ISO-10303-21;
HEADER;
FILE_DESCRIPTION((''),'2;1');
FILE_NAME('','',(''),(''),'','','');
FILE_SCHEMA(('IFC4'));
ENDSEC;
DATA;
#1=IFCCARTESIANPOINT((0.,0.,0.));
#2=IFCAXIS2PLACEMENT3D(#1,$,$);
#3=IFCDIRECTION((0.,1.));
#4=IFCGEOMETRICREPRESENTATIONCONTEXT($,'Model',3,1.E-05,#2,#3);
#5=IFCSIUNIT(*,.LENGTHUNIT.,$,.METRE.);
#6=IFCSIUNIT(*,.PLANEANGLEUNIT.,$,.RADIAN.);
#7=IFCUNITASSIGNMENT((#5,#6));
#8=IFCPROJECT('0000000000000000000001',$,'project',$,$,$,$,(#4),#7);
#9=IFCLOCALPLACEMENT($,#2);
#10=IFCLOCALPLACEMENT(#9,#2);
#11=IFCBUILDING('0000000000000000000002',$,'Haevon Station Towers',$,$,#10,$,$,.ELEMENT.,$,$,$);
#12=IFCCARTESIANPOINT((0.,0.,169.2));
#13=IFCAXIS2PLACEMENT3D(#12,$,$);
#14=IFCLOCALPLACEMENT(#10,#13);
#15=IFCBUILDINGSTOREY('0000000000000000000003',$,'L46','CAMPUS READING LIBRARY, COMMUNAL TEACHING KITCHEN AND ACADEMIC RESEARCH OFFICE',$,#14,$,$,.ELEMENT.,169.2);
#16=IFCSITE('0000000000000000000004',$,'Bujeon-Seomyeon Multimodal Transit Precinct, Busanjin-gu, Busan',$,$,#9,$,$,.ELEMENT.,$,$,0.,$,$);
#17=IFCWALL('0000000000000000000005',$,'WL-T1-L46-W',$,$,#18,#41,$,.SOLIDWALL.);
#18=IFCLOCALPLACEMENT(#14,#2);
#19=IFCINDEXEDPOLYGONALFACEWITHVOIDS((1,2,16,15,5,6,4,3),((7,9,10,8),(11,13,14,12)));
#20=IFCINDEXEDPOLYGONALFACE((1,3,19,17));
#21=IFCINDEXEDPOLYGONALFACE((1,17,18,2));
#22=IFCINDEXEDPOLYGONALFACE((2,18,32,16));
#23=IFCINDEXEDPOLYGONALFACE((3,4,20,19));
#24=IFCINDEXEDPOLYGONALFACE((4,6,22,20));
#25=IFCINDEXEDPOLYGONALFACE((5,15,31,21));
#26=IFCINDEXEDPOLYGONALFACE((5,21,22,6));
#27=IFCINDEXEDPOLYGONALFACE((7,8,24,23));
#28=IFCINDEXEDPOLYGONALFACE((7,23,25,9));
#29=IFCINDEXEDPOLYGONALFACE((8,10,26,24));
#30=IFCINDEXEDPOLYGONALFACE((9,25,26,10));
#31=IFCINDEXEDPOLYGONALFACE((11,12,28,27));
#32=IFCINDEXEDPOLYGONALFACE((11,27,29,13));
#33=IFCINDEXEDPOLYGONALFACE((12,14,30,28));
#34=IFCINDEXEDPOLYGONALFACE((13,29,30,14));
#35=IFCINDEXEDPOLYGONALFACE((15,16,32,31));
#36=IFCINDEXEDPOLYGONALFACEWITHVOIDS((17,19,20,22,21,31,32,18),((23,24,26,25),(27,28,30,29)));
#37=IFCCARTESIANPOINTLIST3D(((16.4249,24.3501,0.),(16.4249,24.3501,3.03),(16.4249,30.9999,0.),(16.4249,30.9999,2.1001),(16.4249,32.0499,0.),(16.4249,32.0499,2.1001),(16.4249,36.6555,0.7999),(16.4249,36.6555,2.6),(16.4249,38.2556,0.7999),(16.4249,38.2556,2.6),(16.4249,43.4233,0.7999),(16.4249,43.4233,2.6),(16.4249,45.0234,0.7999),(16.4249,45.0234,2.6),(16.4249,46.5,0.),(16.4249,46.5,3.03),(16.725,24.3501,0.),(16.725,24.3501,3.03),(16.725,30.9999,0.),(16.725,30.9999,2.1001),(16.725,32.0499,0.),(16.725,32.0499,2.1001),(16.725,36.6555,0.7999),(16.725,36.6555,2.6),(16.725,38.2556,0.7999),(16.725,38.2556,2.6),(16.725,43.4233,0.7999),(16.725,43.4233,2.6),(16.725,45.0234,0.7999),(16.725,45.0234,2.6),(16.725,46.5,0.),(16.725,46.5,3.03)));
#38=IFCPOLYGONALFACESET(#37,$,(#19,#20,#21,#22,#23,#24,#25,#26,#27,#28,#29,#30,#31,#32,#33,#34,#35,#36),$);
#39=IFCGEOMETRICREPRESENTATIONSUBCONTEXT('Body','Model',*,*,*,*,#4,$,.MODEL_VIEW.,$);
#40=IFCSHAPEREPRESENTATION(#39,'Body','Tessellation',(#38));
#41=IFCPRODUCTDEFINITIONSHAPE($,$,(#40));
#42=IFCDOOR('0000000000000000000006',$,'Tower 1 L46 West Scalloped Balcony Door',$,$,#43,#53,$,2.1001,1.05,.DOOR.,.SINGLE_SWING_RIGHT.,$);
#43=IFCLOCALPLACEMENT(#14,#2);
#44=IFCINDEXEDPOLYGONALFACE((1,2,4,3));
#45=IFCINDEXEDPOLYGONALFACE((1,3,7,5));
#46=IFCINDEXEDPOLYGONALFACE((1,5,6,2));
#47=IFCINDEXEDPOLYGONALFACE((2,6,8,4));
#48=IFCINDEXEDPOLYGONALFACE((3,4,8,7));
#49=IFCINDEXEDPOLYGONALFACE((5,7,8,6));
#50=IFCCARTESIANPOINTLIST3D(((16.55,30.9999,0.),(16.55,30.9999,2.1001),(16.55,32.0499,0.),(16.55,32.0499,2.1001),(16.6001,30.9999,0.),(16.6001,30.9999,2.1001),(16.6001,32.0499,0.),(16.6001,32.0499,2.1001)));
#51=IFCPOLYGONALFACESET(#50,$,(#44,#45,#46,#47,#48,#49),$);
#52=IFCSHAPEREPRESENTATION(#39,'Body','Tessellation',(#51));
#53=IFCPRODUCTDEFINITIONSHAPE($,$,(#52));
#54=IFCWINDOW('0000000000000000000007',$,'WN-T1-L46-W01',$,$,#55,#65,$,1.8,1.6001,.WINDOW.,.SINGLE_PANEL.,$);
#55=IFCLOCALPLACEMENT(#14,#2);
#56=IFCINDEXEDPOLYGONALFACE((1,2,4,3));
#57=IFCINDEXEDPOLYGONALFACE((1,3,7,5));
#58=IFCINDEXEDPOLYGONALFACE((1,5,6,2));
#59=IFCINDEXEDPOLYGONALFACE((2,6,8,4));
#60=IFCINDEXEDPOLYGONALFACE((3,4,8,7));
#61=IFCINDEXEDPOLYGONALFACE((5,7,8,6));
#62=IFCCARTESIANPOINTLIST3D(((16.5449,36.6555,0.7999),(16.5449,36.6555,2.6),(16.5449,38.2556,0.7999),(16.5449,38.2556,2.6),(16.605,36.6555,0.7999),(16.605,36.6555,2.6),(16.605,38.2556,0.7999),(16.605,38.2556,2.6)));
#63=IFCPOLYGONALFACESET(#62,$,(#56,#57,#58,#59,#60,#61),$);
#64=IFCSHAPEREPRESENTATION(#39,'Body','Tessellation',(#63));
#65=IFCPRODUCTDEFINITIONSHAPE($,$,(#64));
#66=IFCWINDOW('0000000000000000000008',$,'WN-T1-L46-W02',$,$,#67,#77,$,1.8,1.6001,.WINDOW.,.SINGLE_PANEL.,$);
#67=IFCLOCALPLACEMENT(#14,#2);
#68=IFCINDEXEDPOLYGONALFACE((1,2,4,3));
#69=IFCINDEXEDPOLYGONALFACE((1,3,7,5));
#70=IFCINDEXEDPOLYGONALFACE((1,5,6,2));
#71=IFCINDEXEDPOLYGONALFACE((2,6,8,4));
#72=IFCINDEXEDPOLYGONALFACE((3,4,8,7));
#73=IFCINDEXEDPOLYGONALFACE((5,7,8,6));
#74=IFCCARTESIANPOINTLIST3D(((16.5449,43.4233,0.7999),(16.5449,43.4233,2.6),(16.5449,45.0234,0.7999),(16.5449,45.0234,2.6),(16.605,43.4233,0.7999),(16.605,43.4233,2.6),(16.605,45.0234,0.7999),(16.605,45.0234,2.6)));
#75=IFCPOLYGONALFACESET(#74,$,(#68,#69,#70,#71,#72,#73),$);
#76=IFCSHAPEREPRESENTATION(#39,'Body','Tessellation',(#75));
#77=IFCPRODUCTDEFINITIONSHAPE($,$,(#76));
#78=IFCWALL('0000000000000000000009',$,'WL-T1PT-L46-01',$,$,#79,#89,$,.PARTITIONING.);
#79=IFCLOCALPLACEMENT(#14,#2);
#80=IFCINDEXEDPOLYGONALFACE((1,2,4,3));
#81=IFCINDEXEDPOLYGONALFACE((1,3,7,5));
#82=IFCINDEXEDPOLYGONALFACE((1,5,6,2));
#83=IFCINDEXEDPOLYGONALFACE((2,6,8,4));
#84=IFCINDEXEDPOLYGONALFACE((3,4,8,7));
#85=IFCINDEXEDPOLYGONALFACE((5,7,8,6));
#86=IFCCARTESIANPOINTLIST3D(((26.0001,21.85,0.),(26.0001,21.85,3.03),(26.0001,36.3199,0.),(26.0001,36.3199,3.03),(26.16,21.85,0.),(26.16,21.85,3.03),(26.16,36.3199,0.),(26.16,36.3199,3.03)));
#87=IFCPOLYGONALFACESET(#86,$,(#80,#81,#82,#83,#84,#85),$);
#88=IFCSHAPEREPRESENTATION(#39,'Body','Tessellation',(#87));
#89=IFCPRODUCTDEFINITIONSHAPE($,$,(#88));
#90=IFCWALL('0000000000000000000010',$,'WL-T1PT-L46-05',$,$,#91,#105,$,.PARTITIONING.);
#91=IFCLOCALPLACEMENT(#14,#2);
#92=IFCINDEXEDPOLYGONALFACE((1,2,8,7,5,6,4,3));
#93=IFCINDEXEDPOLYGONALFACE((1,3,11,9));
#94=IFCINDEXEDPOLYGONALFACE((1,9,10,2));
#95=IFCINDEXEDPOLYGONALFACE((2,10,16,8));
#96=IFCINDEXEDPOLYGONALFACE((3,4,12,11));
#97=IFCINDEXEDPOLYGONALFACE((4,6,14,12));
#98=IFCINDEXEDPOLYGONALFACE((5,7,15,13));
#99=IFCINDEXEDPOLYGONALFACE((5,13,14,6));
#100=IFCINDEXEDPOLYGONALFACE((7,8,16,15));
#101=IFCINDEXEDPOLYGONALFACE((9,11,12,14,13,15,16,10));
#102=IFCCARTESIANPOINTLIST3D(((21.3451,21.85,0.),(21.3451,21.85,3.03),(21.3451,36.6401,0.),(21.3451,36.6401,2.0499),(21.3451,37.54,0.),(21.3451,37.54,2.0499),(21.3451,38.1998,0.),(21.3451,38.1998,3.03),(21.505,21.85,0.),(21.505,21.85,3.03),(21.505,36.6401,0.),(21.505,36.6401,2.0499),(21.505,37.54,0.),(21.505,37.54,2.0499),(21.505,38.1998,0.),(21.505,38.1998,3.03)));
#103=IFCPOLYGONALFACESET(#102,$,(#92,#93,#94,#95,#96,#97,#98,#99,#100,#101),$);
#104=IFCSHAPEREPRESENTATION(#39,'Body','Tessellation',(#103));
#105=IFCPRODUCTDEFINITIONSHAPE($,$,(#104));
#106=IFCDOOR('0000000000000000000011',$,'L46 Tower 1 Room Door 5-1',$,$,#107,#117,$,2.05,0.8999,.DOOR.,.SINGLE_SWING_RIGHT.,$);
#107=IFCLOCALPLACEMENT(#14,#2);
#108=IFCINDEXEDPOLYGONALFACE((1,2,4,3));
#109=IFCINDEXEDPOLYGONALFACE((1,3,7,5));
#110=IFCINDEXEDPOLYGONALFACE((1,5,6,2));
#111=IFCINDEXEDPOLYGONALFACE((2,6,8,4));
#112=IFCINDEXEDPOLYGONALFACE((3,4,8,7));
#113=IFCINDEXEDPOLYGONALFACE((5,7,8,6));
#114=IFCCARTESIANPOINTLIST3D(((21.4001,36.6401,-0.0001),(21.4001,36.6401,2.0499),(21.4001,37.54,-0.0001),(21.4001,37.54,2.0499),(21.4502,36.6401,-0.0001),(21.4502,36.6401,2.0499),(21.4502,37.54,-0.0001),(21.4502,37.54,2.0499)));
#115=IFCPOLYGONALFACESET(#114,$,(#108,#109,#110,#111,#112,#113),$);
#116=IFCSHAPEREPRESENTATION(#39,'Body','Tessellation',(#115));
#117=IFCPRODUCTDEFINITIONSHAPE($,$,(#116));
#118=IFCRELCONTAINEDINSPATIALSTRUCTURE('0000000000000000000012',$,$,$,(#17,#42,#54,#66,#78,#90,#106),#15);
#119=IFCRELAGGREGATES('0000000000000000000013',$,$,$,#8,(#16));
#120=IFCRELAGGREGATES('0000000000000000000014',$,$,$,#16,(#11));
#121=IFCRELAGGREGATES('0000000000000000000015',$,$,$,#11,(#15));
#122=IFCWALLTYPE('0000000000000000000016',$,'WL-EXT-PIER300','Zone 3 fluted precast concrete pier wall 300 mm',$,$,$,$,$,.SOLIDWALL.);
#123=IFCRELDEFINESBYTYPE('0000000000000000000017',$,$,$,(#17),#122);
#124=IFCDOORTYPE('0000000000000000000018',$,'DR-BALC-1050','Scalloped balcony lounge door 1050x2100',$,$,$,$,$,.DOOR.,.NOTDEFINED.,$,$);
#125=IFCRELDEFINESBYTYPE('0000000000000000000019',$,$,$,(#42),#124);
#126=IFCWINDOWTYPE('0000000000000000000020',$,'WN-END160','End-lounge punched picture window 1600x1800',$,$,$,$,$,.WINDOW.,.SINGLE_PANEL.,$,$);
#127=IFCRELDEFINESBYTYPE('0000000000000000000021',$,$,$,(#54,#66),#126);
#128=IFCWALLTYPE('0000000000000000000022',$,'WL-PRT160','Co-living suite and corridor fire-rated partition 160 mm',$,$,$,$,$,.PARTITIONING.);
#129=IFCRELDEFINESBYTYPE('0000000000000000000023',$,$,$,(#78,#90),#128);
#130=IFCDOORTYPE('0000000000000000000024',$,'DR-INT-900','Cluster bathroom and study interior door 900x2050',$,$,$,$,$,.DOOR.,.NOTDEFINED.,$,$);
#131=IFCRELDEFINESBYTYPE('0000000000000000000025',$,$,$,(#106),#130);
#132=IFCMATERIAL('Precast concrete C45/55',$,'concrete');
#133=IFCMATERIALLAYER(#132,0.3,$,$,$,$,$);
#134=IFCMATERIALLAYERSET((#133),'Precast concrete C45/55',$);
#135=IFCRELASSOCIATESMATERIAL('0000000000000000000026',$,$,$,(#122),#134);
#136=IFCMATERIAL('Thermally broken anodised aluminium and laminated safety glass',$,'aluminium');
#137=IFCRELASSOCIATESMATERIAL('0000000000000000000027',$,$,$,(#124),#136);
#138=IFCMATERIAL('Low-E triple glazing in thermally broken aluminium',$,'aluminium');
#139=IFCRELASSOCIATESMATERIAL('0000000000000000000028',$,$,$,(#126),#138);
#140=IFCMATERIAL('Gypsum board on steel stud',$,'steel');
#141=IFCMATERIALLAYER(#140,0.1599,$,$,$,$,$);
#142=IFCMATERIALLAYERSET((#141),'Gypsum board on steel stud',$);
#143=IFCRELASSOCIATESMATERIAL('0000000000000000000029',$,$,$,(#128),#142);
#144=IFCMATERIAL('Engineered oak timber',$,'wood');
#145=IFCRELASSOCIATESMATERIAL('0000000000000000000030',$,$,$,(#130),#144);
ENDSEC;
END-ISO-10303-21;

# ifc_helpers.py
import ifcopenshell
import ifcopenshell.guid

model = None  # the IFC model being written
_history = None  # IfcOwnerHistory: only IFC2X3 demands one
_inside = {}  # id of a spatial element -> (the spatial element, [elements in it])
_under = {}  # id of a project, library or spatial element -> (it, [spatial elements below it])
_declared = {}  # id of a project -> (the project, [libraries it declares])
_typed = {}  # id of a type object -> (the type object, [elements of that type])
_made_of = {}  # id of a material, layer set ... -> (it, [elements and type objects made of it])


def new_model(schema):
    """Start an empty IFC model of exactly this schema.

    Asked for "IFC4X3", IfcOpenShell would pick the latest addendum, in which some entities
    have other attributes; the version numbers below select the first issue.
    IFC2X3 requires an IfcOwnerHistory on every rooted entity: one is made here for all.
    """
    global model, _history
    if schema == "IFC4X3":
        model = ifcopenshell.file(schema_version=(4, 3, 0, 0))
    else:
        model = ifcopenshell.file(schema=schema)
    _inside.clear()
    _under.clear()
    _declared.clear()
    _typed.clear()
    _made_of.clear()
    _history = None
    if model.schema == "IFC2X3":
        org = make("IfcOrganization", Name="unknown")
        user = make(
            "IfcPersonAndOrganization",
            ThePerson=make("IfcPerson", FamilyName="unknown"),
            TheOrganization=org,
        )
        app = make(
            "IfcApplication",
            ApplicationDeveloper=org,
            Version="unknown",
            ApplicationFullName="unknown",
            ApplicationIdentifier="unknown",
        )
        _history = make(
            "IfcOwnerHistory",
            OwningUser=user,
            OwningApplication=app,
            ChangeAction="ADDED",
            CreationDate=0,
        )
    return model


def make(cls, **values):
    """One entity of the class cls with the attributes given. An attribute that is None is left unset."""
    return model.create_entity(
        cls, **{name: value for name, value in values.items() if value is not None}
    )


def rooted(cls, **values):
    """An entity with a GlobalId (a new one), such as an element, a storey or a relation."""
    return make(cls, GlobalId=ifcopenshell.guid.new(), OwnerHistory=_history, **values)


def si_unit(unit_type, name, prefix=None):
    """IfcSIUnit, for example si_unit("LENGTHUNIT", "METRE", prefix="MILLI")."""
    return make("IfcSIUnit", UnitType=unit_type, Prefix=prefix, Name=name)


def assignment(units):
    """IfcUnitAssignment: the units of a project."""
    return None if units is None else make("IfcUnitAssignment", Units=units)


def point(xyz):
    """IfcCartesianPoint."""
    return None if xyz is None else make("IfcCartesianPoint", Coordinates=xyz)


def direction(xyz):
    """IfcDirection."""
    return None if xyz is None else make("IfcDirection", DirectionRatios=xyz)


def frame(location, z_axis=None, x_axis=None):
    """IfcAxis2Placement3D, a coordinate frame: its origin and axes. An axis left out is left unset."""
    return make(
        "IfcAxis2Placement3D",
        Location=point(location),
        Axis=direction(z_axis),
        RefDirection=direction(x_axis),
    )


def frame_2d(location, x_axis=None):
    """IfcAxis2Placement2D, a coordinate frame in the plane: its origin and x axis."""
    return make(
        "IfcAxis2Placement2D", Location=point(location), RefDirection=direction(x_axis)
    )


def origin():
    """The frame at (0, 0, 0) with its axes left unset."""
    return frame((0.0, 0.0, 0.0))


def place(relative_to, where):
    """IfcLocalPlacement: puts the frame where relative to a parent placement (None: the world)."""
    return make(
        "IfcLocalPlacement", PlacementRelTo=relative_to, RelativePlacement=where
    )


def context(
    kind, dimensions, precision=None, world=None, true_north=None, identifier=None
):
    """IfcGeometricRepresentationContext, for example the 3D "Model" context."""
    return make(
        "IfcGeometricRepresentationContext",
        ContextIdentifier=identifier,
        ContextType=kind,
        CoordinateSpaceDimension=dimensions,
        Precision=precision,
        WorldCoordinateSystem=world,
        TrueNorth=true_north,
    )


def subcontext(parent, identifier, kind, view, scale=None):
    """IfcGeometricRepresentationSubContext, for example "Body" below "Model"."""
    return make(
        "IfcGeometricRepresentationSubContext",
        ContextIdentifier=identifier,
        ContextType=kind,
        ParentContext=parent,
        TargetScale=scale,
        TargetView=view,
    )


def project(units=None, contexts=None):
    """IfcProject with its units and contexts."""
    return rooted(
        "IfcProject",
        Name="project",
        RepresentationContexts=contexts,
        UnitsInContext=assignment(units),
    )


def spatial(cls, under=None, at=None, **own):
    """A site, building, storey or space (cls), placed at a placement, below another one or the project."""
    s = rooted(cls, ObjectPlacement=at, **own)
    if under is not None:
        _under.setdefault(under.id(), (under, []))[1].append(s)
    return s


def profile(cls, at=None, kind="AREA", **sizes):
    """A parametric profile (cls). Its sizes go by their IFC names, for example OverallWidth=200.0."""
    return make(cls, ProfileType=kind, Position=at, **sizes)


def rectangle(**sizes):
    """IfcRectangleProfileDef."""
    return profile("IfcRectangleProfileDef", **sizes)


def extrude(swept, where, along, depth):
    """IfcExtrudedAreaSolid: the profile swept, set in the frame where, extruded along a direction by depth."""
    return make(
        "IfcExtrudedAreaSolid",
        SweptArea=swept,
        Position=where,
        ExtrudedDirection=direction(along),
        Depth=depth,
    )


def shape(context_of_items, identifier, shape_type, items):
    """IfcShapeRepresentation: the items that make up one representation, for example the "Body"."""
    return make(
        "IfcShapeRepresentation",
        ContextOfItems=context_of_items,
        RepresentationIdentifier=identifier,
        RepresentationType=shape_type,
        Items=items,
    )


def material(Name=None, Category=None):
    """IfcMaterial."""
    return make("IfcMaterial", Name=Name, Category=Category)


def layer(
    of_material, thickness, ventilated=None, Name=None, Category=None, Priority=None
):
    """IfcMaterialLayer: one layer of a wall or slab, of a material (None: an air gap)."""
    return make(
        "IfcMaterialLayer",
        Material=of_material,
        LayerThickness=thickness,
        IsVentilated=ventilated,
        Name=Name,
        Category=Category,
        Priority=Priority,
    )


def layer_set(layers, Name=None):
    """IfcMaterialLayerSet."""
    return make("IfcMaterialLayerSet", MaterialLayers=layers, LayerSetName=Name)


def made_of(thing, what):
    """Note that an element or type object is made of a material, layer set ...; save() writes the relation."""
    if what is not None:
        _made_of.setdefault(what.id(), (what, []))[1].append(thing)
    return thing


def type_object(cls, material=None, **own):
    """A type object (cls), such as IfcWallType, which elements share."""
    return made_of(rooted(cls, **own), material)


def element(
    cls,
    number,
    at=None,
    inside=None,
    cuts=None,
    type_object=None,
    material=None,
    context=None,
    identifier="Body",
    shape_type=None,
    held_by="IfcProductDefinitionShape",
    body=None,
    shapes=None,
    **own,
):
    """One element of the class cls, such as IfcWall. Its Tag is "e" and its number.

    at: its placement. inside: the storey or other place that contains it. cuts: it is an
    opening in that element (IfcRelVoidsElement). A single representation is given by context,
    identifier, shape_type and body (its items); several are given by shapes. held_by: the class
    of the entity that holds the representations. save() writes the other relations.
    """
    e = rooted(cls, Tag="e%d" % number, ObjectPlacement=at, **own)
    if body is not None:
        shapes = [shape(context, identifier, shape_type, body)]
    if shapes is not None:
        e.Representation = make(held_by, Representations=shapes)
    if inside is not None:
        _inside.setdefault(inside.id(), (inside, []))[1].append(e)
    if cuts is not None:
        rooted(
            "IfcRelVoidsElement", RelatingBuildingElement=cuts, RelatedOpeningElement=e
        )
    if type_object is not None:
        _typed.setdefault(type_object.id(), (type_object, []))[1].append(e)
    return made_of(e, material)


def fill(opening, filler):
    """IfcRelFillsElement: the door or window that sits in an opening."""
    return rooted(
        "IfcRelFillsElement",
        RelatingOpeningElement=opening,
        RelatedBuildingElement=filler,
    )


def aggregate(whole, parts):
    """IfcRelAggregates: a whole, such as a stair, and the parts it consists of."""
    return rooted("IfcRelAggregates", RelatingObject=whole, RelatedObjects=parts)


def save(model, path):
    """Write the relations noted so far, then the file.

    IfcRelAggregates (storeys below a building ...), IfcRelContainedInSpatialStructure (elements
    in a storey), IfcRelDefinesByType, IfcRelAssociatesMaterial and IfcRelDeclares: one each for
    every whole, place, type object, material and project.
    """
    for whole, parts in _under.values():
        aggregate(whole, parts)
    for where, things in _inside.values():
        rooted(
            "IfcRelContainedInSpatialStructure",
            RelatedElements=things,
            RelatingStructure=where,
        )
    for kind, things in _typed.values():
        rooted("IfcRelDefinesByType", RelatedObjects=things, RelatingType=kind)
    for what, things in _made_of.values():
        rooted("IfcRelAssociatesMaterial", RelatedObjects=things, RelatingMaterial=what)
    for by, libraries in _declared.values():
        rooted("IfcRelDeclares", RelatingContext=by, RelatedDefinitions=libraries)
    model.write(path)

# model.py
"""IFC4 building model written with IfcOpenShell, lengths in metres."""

from ifc_helpers import new_model, si_unit, direction, frame, frame_2d, origin, place, context, subcontext, project, spatial, rectangle, extrude, material, layer, layer_set, type_object, element, fill, save


model = new_model("IFC4")

# Units and contexts
model_context = context("Model", 3, precision=1e-05, world=origin(), true_north=direction((0.0, 1.0)))
body_context = subcontext(model_context, "Body", "Model", "MODEL_VIEW")
ifc_project = project(units=[si_unit("LENGTHUNIT", "METRE"), si_unit("PLANEANGLEUNIT", "RADIAN")], contexts=[model_context])

# Site, building, storey
site_placement = place(None, origin())
site = spatial("IfcSite", under=ifc_project, at=site_placement, Name="Bujeon-Seomyeon Multimodal Transit Precinct, Busanjin-gu, Busan", CompositionType="ELEMENT", RefElevation=0.0)
building_placement = place(site_placement, origin())
building = spatial("IfcBuilding", under=site, at=building_placement, Name="Haevon Station Towers", CompositionType="ELEMENT")
storey_placement = place(building_placement, frame((0.0, 0.0, 169.2)))
storey = spatial("IfcBuildingStorey", under=building, at=storey_placement, Name="L46", Description="CAMPUS READING LIBRARY, COMMUNAL TEACHING KITCHEN AND ACADEMIC RESEARCH OFFICE", CompositionType="ELEMENT", Elevation=169.2)

# Shared definitions
ifc_material_1 = material(Name="Precast concrete C45/55", Category="concrete")
ifc_layer_1 = layer(ifc_material_1, 0.3)
ifc_layer_set_1 = layer_set([ifc_layer_1], Name="Precast concrete C45/55")
wall_type_1 = type_object("IfcWallType", Name="WL-EXT-PIER300", Description="Zone 3 fluted precast concrete pier wall 300 mm", PredefinedType="SOLIDWALL", material=ifc_layer_set_1)

# Wall, openings, door, windows
wall_1_placement = place(storey_placement, frame((16.575, 24.3501, 0.0), z_axis=(0.0, 0.0, 1.0), x_axis=(0.0, 1.0, 0.0)))
wall_1 = element("IfcWall", 1, at=wall_1_placement, inside=storey, type_object=wall_type_1, Name="WL-T1-L46-W", PredefinedType="SOLIDWALL", context=body_context, shape_type="SweptSolid", body=[
    extrude(rectangle(XDim=22.1499, YDim=0.3, at=frame_2d((11.075, 0.0))), origin(), (0.0, 0.0, 1.0), 3.03),
])
opening_1_placement = place(wall_1_placement, frame((6.6499, 0.0, 0.0)))
opening_1 = element("IfcOpeningElement", 2, at=opening_1_placement, cuts=wall_1, PredefinedType="OPENING", context=body_context, shape_type="SweptSolid", body=[
    extrude(rectangle(XDim=1.05, YDim=2.1001, at=frame_2d((0.5249, 1.05))), frame((0.0, 0.1599, 0.0), z_axis=(0.0, -1.0, 0.0), x_axis=(1.0, 0.0, 0.0)), (0.0, 0.0, 1.0), 0.3201),
])
opening_2_placement = place(wall_1_placement, frame((12.3054, 0.0, 0.8)))
opening_2 = element("IfcOpeningElement", 3, at=opening_2_placement, cuts=wall_1, PredefinedType="OPENING", context=body_context, shape_type="SweptSolid", body=[
    extrude(rectangle(XDim=1.6001, YDim=1.8, at=frame_2d((0.8, 0.8999))), frame((0.0, 0.1599, 0.0), z_axis=(0.0, -1.0, 0.0), x_axis=(1.0, 0.0, 0.0)), (0.0, 0.0, 1.0), 0.3201),
])
opening_3_placement = place(wall_1_placement, frame((19.0732, 0.0, 0.8)))
opening_3 = element("IfcOpeningElement", 4, at=opening_3_placement, cuts=wall_1, PredefinedType="OPENING", context=body_context, shape_type="SweptSolid", body=[
    extrude(rectangle(XDim=1.6001, YDim=1.8, at=frame_2d((0.8, 0.8999))), frame((0.0, 0.1599, 0.0), z_axis=(0.0, -1.0, 0.0), x_axis=(1.0, 0.0, 0.0)), (0.0, 0.0, 1.0), 0.3201),
])
ifc_material_2 = material(Name="Thermally broken anodised aluminium and laminated safety glass", Category="aluminium")
door_type_1 = type_object("IfcDoorType", Name="DR-BALC-1050", Description="Scalloped balcony lounge door 1050x2100", OperationType="NOTDEFINED", PredefinedType="DOOR", material=ifc_material_2)
door_1_placement = place(opening_1_placement, origin())
door_1 = element("IfcDoor", 5, at=door_1_placement, inside=storey, type_object=door_type_1, Name="Tower 1 L46 West Scalloped Balcony Door", OperationType="SINGLE_SWING_RIGHT", OverallHeight=2.1001, OverallWidth=1.05, PredefinedType="DOOR", context=body_context, shape_type="SweptSolid", body=[
    extrude(rectangle(XDim=1.05, YDim=2.1001, at=frame_2d((0.5249, 1.05))), frame((0.0, 0.0249, 0.0), z_axis=(0.0, -1.0, 0.0), x_axis=(1.0, 0.0, 0.0)), (0.0, 0.0, 1.0), 0.05),
])
fill(opening_1, door_1)
ifc_material_3 = material(Name="Low-E triple glazing in thermally broken aluminium", Category="aluminium")
window_type = type_object("IfcWindowType", Name="WN-END160", Description="End-lounge punched picture window 1600x1800", PartitioningType="SINGLE_PANEL", PredefinedType="WINDOW", material=ifc_material_3)
window_1_placement = place(opening_2_placement, origin())
window_1 = element("IfcWindow", 6, at=window_1_placement, inside=storey, type_object=window_type, Name="WN-T1-L46-W01", OverallHeight=1.8, OverallWidth=1.6001, PartitioningType="SINGLE_PANEL", PredefinedType="WINDOW", context=body_context, shape_type="SweptSolid", body=[
    extrude(rectangle(XDim=1.6001, YDim=1.8, at=frame_2d((0.8, 0.8999))), frame((0.0, 0.03, 0.0), z_axis=(0.0, -1.0, 0.0), x_axis=(1.0, 0.0, 0.0)), (0.0, 0.0, 1.0), 0.0601),
])
fill(opening_2, window_1)
window_2_placement = place(opening_3_placement, origin())
window_2 = element("IfcWindow", 7, at=window_2_placement, inside=storey, type_object=window_type, Name="WN-T1-L46-W02", OverallHeight=1.8, OverallWidth=1.6001, PartitioningType="SINGLE_PANEL", PredefinedType="WINDOW", context=body_context, shape_type="SweptSolid", body=[
    extrude(rectangle(XDim=1.6001, YDim=1.8, at=frame_2d((0.8, 0.8999))), frame((0.0, 0.03, 0.0), z_axis=(0.0, -1.0, 0.0), x_axis=(1.0, 0.0, 0.0)), (0.0, 0.0, 1.0), 0.0601),
])
fill(opening_3, window_2)

# Wall
ifc_material_4 = material(Name="Gypsum board on steel stud", Category="steel")
ifc_layer_2 = layer(ifc_material_4, 0.1599)
ifc_layer_set_2 = layer_set([ifc_layer_2], Name="Gypsum board on steel stud")
wall_type_2 = type_object("IfcWallType", Name="WL-PRT160", Description="Co-living suite and corridor fire-rated partition 160 mm", PredefinedType="PARTITIONING", material=ifc_layer_set_2)
wall_2_placement = place(storey_placement, frame((26.0801, 21.8501, 0.0), z_axis=(0.0, 0.0, 1.0), x_axis=(0.0, 1.0, 0.0)))
element("IfcWall", 8, at=wall_2_placement, inside=storey, type_object=wall_type_2, Name="WL-T1PT-L46-01", PredefinedType="PARTITIONING", context=body_context, shape_type="SweptSolid", body=[
    extrude(rectangle(XDim=14.47, YDim=0.1599, at=frame_2d((7.2349, 0.0))), origin(), (0.0, 0.0, 1.0), 3.03),
])

# Wall, opening, door
wall_3_placement = place(storey_placement, frame((21.425, 21.8501, 0.0), z_axis=(0.0, 0.0, 1.0), x_axis=(0.0, 1.0, 0.0)))
wall_3 = element("IfcWall", 9, at=wall_3_placement, inside=storey, type_object=wall_type_2, Name="WL-T1PT-L46-05", PredefinedType="PARTITIONING", context=body_context, shape_type="SweptSolid", body=[
    extrude(rectangle(XDim=16.3499, YDim=0.1599, at=frame_2d((8.1748, 0.0))), origin(), (0.0, 0.0, 1.0), 3.03),
])
opening_4_placement = place(wall_3_placement, frame((14.79, 0.0, 0.0)))
opening_4 = element("IfcOpeningElement", 10, at=opening_4_placement, cuts=wall_3, PredefinedType="OPENING", context=body_context, shape_type="SweptSolid", body=[
    extrude(rectangle(XDim=0.8999, YDim=2.05, at=frame_2d((0.45, 1.0249))), frame((0.0, 0.0898, 0.0), z_axis=(0.0, -1.0, 0.0), x_axis=(1.0, 0.0, 0.0)), (0.0, 0.0, 1.0), 0.1799),
])
ifc_material_5 = material(Name="Engineered oak timber", Category="wood")
door_type_2 = type_object("IfcDoorType", Name="DR-INT-900", Description="Cluster bathroom and study interior door 900x2050", OperationType="NOTDEFINED", PredefinedType="DOOR", material=ifc_material_5)
door_2_placement = place(opening_4_placement, origin())
door_2 = element("IfcDoor", 11, at=door_2_placement, inside=storey, type_object=door_type_2, Name="L46 Tower 1 Room Door 5-1", OperationType="SINGLE_SWING_RIGHT", OverallHeight=2.05, OverallWidth=0.8999, PredefinedType="DOOR", context=body_context, shape_type="SweptSolid", body=[
    extrude(rectangle(XDim=0.8999, YDim=2.05, at=frame_2d((0.45, 1.0249))), frame((0.0, 0.0249, 0.0), z_axis=(0.0, -1.0, 0.0), x_axis=(1.0, 0.0, 0.0)), (0.0, 0.0, 1.0), 0.05),
])
fill(opening_4, door_2)

save(model, "model.ifc")
